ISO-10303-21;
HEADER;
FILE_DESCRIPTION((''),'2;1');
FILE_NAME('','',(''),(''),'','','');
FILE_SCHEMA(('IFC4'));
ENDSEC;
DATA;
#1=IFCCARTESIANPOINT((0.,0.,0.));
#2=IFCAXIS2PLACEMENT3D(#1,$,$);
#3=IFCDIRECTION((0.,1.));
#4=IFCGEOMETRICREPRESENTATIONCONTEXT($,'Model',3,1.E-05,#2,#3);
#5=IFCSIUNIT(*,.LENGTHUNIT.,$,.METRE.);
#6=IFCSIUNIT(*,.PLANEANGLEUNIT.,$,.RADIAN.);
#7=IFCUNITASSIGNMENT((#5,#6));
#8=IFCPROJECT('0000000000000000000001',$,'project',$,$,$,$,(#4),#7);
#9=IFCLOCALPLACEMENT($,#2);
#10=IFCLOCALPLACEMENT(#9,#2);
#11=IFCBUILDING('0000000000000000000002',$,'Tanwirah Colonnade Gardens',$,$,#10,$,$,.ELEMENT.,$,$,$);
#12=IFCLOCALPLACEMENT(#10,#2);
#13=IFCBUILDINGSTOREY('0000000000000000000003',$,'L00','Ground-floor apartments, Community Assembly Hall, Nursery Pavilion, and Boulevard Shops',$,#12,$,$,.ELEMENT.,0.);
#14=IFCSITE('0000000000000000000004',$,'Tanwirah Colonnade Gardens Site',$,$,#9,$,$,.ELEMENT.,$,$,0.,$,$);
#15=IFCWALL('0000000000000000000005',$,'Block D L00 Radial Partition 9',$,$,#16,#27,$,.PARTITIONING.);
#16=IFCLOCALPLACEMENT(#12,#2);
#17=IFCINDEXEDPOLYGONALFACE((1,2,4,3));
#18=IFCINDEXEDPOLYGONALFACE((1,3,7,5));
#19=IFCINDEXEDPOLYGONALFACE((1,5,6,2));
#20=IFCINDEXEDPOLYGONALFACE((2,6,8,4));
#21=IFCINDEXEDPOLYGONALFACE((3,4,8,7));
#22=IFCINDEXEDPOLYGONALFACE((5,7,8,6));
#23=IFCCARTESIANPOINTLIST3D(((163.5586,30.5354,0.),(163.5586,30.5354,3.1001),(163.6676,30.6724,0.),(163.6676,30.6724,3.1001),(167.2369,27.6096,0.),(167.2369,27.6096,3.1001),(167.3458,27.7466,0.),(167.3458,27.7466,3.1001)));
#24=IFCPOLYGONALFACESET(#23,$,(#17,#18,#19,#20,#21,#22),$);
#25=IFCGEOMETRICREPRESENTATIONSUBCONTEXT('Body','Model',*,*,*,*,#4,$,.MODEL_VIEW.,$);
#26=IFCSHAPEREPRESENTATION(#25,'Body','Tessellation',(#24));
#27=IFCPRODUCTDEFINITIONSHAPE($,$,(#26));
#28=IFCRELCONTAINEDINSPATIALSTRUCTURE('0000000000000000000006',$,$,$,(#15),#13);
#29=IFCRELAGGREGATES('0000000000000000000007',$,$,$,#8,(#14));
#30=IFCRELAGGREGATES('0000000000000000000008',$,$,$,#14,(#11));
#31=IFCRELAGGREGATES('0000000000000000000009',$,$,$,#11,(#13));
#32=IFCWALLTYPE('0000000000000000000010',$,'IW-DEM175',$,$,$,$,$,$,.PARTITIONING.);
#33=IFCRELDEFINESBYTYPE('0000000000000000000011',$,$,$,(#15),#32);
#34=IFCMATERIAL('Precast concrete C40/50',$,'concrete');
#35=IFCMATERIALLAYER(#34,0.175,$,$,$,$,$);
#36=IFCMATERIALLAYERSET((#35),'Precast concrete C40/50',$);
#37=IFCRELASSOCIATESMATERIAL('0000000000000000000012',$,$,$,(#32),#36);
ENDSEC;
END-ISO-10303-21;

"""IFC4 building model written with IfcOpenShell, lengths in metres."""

from ifc_helpers import new_model, si_unit, direction, frame, frame_2d, origin, place, context, subcontext, project, spatial, rectangle, extrude, material, layer, layer_set, type_object, element, save


model = new_model("IFC4")

# Units and contexts
model_context = context("Model", 3, precision=1e-05, world=origin(), true_north=direction((0.0, 1.0)))
body_context = subcontext(model_context, "Body", "Model", "MODEL_VIEW")
ifc_project = project(units=[si_unit("LENGTHUNIT", "METRE"), si_unit("PLANEANGLEUNIT", "RADIAN")], contexts=[model_context])

# Site, building, storey
site_placement = place(None, origin())
site = spatial("IfcSite", under=ifc_project, at=site_placement, Name="Tanwirah Colonnade Gardens Site", CompositionType="ELEMENT", RefElevation=0.0)
building_placement = place(site_placement, origin())
building = spatial("IfcBuilding", under=site, at=building_placement, Name="Tanwirah Colonnade Gardens", CompositionType="ELEMENT")
storey_placement = place(building_placement, origin())
storey = spatial("IfcBuildingStorey", under=building, at=storey_placement, Name="L00", Description="Ground-floor apartments, Community Assembly Hall, Nursery Pavilion, and Boulevard Shops", CompositionType="ELEMENT", Elevation=0.0)

# Shared definitions
ifc_material_1 = material(Name="Precast concrete C40/50", Category="concrete")

# Wall
ifc_layer_1 = layer(ifc_material_1, 0.175)
ifc_layer_set_1 = layer_set([ifc_layer_1], Name="Precast concrete C40/50")
wall_type_1 = type_object("IfcWallType", Name="IW-DEM175", PredefinedType="PARTITIONING", material=ifc_layer_set_1)
wall_1_placement = place(storey_placement, frame((163.613, 30.604, 0.0), z_axis=(0.0, 0.0, 1.0), x_axis=(0.782609, -0.622513, 0.0)))
element("IfcWall", 1, at=wall_1_placement, inside=storey, type_object=wall_type_1, Name="Block D L00 Radial Partition 9", PredefinedType="PARTITIONING", context=body_context, shape_type="SweptSolid", body=[
    extrude(rectangle(XDim=4.7, YDim=0.175, at=frame_2d((2.3501, 0.0))), origin(), (0.0, 0.0, 1.0), 3.1001),
])

save(model, "model.ifc")
